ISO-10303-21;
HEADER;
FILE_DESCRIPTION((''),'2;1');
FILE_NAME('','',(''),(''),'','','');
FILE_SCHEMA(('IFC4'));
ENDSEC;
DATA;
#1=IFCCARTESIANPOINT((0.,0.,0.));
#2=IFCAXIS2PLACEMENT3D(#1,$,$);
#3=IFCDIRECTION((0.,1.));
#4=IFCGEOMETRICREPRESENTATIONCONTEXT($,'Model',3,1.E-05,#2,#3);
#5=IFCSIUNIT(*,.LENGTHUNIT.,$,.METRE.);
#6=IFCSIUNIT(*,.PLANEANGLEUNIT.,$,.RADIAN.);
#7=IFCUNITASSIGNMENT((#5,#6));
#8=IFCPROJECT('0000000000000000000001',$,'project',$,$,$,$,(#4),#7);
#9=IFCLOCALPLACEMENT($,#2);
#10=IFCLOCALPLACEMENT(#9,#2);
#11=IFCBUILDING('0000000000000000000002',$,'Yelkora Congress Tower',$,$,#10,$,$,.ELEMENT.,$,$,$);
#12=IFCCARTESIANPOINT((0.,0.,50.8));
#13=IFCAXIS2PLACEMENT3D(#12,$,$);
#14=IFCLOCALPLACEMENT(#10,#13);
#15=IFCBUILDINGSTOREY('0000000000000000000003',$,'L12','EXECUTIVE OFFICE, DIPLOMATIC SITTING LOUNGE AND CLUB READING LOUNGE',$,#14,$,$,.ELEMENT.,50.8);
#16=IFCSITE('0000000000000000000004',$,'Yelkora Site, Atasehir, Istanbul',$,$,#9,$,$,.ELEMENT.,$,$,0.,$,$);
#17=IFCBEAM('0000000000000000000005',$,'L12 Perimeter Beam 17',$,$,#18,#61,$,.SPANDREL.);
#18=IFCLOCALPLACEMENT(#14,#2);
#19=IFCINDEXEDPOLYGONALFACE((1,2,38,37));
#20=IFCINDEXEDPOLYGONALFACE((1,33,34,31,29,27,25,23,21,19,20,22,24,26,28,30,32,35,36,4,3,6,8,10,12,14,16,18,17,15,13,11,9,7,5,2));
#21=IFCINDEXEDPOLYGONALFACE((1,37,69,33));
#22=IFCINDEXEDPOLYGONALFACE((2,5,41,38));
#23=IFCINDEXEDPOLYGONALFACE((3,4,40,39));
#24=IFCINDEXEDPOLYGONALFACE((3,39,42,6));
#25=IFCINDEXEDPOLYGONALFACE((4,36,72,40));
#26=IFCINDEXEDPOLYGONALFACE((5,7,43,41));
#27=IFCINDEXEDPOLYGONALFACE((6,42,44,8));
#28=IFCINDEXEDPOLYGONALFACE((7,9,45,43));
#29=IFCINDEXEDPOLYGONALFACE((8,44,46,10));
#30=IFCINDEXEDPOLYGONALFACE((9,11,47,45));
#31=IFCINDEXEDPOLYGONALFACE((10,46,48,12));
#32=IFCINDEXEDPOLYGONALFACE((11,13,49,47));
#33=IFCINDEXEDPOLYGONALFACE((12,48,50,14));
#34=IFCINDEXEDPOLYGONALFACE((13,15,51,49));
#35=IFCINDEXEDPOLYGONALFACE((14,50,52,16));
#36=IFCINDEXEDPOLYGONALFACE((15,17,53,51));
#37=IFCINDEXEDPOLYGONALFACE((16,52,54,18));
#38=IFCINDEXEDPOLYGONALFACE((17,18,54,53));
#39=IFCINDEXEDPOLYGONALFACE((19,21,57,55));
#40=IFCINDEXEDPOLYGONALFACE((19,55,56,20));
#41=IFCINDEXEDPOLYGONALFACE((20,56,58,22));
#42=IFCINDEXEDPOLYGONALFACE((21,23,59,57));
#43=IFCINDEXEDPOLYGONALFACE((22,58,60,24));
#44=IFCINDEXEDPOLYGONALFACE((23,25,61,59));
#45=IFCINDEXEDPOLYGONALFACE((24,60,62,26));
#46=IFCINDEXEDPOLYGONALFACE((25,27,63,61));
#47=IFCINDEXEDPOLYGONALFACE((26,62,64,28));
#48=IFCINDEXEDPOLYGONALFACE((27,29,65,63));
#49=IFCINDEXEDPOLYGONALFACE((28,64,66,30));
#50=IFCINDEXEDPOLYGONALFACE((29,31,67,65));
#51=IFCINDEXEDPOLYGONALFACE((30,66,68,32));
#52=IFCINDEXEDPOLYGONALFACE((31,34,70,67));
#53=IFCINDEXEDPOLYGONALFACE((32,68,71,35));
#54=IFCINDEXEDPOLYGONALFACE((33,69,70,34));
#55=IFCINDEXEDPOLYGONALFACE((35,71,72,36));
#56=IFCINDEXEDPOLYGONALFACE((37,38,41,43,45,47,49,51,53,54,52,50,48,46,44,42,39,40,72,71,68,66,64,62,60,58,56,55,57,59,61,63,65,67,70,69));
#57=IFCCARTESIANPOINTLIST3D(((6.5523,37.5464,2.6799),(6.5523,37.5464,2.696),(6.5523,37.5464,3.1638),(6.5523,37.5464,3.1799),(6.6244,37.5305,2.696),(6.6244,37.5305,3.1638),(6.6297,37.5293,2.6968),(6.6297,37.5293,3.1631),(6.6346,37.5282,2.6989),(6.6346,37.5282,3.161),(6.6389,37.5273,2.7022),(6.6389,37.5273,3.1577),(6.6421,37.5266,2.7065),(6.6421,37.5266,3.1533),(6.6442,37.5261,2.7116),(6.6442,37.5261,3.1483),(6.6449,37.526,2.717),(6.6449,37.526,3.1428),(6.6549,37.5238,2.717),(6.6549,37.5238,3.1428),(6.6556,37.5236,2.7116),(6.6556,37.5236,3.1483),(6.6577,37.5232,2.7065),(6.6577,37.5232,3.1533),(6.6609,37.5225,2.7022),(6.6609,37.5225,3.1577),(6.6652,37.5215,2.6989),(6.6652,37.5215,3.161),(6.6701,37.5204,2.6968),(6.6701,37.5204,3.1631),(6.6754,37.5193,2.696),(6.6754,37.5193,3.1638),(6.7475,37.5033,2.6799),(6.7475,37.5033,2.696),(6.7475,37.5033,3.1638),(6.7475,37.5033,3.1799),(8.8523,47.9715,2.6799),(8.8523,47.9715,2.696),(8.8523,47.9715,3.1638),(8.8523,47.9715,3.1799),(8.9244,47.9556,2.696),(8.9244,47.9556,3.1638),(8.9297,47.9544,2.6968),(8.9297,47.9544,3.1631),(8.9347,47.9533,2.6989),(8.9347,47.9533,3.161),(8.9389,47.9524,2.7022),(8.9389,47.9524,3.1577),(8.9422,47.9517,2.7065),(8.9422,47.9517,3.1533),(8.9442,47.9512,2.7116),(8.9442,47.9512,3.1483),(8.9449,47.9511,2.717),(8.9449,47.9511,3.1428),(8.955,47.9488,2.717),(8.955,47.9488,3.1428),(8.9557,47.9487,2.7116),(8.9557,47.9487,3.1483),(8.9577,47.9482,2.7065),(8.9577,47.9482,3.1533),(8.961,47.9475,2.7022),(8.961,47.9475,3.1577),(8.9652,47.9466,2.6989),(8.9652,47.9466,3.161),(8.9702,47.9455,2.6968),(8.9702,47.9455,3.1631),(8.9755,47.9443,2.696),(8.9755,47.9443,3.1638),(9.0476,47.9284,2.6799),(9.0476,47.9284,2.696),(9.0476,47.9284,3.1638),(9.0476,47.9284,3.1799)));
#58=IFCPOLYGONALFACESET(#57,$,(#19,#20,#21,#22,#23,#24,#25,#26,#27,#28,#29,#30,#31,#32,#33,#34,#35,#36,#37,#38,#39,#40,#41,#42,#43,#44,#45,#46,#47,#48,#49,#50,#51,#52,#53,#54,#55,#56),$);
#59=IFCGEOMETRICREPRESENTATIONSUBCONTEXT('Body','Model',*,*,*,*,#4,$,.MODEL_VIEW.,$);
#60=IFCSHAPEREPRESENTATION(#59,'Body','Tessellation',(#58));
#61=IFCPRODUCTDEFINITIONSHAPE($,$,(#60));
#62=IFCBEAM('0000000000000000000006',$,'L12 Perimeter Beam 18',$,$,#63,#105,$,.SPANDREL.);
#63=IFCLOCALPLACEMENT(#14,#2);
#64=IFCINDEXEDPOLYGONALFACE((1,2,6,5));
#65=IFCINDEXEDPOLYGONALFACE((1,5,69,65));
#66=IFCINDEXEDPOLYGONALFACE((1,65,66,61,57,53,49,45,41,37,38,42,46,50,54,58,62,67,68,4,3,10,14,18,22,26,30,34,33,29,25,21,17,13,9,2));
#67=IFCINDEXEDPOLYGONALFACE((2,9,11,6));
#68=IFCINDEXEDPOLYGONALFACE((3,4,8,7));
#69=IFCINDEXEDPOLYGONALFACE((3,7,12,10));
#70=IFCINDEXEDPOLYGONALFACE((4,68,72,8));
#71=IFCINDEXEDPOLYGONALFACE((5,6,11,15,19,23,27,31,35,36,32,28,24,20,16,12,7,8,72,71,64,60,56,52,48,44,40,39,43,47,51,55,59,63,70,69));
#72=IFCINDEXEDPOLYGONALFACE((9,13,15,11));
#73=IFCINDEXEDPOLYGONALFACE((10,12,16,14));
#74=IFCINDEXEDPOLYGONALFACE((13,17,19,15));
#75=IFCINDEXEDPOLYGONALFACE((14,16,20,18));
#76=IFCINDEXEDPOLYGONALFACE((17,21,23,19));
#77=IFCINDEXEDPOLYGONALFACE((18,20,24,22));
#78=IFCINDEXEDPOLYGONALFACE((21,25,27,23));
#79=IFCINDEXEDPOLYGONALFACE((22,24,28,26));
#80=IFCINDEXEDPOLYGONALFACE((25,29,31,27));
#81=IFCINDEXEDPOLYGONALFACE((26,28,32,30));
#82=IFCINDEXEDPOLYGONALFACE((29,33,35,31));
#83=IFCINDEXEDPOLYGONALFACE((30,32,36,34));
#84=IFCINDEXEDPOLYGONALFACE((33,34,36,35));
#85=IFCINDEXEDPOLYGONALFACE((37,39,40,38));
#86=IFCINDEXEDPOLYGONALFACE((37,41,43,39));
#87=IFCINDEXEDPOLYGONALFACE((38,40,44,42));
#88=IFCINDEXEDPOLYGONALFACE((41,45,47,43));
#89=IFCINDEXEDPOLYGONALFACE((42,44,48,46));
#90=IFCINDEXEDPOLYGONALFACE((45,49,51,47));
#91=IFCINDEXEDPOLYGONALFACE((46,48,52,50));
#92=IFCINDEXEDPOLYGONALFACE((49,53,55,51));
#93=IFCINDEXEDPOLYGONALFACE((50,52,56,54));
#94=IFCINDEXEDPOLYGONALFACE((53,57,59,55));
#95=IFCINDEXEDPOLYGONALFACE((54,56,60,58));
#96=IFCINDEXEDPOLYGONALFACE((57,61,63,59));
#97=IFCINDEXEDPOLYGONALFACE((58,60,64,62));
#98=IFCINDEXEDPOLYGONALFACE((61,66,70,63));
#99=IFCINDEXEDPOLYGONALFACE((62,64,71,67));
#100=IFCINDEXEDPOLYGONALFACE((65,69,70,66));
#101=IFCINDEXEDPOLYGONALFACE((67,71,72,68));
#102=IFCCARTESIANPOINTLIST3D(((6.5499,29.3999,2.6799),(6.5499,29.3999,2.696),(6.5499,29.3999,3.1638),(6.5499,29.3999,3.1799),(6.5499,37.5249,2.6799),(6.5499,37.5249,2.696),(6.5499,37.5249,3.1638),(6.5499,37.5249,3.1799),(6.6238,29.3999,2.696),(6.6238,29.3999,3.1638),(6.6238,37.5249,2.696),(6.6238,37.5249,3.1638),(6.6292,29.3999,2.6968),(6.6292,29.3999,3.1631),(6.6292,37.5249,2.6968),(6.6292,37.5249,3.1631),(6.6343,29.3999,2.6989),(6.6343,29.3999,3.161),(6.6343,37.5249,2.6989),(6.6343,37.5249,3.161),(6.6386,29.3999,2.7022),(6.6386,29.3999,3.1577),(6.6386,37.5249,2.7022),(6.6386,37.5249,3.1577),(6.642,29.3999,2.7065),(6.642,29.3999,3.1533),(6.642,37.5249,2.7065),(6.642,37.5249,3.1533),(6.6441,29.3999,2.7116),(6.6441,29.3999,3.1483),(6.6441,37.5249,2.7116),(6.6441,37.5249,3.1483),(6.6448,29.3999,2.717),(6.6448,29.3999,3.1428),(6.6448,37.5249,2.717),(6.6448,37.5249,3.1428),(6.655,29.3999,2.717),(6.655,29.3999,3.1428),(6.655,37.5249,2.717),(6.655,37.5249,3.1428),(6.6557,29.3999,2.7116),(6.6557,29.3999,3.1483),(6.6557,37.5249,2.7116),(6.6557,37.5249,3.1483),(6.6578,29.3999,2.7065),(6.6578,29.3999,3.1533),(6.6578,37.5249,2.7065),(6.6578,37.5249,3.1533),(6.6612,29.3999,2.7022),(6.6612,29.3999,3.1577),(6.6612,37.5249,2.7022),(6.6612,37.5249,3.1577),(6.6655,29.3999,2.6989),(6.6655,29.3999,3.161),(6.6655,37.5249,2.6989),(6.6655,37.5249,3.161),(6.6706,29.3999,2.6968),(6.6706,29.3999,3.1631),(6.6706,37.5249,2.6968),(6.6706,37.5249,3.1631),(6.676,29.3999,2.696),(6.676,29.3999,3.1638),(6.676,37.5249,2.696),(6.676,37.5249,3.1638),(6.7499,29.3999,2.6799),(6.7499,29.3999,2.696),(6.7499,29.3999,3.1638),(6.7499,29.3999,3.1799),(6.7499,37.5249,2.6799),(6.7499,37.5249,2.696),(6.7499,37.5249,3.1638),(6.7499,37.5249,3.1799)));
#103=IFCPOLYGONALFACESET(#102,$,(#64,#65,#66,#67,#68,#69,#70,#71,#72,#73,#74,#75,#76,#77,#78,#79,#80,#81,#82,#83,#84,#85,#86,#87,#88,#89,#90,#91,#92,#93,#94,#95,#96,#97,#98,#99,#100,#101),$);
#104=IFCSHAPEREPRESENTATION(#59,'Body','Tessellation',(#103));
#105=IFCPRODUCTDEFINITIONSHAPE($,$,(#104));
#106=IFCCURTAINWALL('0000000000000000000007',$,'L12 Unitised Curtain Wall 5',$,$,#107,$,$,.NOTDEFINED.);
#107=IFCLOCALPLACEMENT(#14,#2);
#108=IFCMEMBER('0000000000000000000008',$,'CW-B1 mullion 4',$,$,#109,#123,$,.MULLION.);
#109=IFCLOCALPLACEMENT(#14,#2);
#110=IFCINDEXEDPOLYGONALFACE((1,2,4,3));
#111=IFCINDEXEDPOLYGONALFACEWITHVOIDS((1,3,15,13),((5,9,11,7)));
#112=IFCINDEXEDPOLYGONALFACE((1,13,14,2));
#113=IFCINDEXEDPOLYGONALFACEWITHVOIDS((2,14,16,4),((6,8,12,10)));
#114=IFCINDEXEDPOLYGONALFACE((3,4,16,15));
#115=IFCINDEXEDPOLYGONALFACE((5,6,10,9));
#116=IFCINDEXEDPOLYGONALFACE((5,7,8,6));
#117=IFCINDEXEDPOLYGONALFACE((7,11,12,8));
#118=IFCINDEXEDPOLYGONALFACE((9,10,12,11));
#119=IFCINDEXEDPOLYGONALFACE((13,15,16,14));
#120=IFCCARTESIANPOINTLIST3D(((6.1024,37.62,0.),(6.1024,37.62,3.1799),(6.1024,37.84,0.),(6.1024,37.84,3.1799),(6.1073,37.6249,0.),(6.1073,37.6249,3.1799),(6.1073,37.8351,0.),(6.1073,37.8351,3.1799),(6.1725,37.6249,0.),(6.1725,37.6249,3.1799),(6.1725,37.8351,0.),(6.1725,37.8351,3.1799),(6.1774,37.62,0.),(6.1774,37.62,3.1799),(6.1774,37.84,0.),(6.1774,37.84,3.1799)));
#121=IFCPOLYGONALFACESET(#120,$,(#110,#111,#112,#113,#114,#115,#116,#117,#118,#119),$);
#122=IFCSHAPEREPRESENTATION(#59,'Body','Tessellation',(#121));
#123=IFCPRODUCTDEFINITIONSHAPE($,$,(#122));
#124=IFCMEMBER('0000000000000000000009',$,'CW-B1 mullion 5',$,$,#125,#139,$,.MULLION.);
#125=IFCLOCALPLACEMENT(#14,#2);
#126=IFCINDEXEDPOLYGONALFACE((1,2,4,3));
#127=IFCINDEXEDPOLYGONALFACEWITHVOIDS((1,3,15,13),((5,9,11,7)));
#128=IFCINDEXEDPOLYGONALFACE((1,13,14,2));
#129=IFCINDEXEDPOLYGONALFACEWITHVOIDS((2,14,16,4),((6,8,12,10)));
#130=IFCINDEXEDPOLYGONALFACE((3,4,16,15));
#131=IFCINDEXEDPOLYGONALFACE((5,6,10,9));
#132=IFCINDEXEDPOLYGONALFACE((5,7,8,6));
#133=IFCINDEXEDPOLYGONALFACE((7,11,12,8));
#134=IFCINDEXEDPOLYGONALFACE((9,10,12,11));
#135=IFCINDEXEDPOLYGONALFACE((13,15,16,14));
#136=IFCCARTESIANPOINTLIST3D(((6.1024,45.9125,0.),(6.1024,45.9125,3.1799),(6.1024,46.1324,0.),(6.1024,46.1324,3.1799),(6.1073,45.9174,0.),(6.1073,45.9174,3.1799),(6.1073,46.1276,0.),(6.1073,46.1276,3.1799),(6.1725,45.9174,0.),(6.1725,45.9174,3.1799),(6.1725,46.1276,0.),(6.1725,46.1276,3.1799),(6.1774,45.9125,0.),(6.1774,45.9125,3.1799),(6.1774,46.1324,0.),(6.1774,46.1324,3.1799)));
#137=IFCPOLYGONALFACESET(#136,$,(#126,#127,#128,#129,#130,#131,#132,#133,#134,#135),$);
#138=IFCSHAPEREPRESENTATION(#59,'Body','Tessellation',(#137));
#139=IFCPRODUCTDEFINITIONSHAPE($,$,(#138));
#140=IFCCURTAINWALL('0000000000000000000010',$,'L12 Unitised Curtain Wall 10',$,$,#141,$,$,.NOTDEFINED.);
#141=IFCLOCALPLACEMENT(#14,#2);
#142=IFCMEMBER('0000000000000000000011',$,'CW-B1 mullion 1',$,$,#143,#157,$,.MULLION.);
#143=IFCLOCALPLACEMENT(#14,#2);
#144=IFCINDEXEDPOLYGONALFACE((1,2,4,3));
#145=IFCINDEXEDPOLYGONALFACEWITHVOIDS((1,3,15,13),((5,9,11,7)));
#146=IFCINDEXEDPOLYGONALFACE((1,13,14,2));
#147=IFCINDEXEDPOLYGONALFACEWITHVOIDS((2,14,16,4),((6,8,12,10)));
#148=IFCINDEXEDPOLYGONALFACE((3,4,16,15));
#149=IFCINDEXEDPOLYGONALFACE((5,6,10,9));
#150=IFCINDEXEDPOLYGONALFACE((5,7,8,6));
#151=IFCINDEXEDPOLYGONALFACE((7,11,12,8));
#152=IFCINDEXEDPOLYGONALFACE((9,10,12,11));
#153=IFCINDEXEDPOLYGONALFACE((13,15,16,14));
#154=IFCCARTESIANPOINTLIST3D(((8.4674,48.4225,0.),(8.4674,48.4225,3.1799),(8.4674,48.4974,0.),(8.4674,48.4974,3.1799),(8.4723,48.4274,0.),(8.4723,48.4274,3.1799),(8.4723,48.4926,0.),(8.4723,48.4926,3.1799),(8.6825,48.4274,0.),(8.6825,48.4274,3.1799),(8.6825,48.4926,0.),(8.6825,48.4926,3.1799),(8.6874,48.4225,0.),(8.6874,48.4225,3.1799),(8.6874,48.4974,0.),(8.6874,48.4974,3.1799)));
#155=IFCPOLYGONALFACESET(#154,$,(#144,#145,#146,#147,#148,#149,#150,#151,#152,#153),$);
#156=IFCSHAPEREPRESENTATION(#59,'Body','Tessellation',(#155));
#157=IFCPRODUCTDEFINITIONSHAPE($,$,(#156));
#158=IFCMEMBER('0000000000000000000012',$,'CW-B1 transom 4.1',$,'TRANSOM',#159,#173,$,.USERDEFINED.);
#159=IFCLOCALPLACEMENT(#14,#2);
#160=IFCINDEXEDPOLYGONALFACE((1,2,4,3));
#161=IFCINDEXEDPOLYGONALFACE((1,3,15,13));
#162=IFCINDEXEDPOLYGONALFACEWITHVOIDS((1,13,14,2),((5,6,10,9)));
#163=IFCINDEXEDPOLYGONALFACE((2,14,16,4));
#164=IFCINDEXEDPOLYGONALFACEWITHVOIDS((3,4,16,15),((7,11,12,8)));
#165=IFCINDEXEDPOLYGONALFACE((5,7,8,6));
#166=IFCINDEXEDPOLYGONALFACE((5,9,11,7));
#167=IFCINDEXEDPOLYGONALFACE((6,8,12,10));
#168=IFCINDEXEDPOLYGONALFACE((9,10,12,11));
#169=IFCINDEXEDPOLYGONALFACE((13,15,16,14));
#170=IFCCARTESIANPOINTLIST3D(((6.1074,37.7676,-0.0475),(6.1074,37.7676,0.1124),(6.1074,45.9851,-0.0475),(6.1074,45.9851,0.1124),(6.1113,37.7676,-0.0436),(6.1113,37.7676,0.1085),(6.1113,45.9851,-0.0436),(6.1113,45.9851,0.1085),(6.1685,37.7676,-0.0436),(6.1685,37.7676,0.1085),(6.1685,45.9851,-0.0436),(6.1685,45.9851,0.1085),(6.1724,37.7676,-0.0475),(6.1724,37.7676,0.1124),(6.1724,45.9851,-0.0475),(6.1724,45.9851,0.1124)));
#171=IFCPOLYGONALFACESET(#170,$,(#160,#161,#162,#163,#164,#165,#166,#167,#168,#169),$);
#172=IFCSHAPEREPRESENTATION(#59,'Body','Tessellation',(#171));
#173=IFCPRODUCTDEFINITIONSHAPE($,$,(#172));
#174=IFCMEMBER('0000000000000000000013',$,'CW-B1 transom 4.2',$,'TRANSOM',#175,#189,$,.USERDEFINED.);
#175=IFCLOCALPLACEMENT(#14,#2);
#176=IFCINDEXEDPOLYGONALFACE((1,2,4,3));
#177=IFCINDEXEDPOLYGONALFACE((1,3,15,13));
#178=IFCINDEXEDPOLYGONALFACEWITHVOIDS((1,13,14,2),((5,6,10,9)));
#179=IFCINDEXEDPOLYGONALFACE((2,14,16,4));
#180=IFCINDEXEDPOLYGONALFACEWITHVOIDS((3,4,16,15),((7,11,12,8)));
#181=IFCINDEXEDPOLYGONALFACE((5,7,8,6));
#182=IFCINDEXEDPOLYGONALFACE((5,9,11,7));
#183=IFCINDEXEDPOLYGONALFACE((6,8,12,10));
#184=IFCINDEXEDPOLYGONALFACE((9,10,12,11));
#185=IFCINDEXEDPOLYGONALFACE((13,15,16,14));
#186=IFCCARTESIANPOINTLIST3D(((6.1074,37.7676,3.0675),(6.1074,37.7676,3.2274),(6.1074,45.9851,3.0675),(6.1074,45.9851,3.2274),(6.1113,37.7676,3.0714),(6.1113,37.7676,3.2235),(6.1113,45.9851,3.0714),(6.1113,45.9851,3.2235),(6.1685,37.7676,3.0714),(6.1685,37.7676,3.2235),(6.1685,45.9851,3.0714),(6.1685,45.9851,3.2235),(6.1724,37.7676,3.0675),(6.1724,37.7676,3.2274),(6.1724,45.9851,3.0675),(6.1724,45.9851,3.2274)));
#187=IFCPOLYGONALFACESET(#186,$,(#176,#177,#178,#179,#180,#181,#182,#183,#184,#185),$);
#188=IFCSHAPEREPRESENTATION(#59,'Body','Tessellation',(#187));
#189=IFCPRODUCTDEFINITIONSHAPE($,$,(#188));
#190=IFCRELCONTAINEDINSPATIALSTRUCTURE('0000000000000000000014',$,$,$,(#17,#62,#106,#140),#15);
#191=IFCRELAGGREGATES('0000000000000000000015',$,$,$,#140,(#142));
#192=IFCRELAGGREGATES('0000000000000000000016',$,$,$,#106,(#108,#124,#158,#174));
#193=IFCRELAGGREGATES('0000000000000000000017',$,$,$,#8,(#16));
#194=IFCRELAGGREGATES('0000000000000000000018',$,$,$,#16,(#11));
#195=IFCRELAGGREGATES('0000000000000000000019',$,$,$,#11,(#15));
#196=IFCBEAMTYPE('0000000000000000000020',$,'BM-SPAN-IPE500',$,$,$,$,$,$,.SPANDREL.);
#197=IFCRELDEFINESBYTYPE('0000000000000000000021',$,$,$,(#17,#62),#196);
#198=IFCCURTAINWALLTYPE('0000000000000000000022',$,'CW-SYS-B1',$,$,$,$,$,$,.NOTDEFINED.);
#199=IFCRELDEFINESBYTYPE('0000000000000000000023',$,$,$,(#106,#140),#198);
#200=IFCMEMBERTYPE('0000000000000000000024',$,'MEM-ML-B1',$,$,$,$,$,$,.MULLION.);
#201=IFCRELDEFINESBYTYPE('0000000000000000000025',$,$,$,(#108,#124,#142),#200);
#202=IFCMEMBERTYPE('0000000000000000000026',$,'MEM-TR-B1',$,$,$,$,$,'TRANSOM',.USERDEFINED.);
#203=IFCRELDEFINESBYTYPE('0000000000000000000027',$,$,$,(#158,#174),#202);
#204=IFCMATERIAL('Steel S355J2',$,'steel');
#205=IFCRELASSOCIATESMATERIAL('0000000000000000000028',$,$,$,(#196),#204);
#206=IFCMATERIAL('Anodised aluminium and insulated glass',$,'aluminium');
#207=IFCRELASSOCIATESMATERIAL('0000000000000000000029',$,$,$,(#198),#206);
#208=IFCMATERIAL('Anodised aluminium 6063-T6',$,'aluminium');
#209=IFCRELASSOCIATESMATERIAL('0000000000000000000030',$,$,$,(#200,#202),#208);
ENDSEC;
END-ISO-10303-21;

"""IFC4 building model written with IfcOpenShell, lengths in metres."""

from ifc_helpers import new_model, si_unit, direction, frame, origin, origin_2d, place, context, subcontext, project, spatial, hollow_rectangle, i_section, extrude, material, material_profile, profile_set, type_object, element, aggregate, save


model = new_model("IFC4")

# Units and contexts
model_context = context("Model", 3, precision=1e-05, world=origin(), true_north=direction((0.0, 1.0)))
body_context = subcontext(model_context, "Body", "Model", "MODEL_VIEW")
ifc_project = project(units=[si_unit("LENGTHUNIT", "METRE"), si_unit("PLANEANGLEUNIT", "RADIAN")], contexts=[model_context])

# Site, building, storey
site_placement = place(None, origin())
site = spatial("IfcSite", under=ifc_project, at=site_placement, Name="Yelkora Site, Atasehir, Istanbul", CompositionType="ELEMENT", RefElevation=0.0)
building_placement = place(site_placement, origin())
building = spatial("IfcBuilding", under=site, at=building_placement, Name="Yelkora Congress Tower", CompositionType="ELEMENT")
storey_placement = place(building_placement, frame((0.0, 0.0, 50.8)))
storey = spatial("IfcBuildingStorey", under=building, at=storey_placement, Name="L12", Description="EXECUTIVE OFFICE, DIPLOMATIC SITTING LOUNGE AND CLUB READING LOUNGE", CompositionType="ELEMENT", Elevation=50.8)

# Beams
ifc_material_1 = material(Name="Steel S355J2", Category="steel")
ifc_material_profile_1 = material_profile(ifc_material_1, i_section(OverallWidth=0.2, OverallDepth=0.5, WebThickness=0.0103, FlangeThickness=0.0161, FilletRadius=0.021, at=origin_2d()), Name="IPE 500")
ifc_profile_set_1 = profile_set([ifc_material_profile_1], Name="Steel S355J2")
beam_type_1 = type_object("IfcBeamType", Name="BM-SPAN-IPE500", PredefinedType="SPANDREL", material=ifc_profile_set_1)
beam_1_placement = place(storey_placement, frame((8.95, 47.95, 2.9299), z_axis=(-0.215446, -0.976516, 0.0), x_axis=(0.976516, -0.215446, 0.0)))
element("IfcBeam", 1, at=beam_1_placement, inside=storey, type_object=beam_type_1, Name="L12 Perimeter Beam 17", PredefinedType="SPANDREL", context=body_context, shape_type="SweptSolid", body=[
    extrude(i_section(OverallWidth=0.2, OverallDepth=0.5, WebThickness=0.0103, FlangeThickness=0.0161, FilletRadius=0.021, at=origin_2d()), origin(), (0.0, 0.0, 1.0), 10.6758),
])
beam_2_placement = place(storey_placement, frame((6.6499, 37.5249, 2.9299), z_axis=(0.0, -1.0, 0.0), x_axis=(1.0, 0.0, 0.0)))
element("IfcBeam", 2, at=beam_2_placement, inside=storey, type_object=beam_type_1, Name="L12 Perimeter Beam 18", PredefinedType="SPANDREL", context=body_context, shape_type="SweptSolid", body=[
    extrude(i_section(OverallWidth=0.2, OverallDepth=0.5, WebThickness=0.0103, FlangeThickness=0.0161, FilletRadius=0.021, at=origin_2d()), origin(), (0.0, 0.0, 1.0), 8.125),
])

# Curtain wall, members
ifc_material_2 = material(Name="Anodised aluminium and insulated glass", Category="aluminium")
curtain_wall_type = type_object("IfcCurtainWallType", Name="CW-SYS-B1", PredefinedType="NOTDEFINED", material=ifc_material_2)
curtain_wall_1_placement = place(storey_placement, origin())
curtain_wall_1 = element("IfcCurtainWall", 3, at=curtain_wall_1_placement, inside=storey, type_object=curtain_wall_type, Name="L12 Unitised Curtain Wall 5", PredefinedType="NOTDEFINED")
ifc_material_3 = material(Name="Anodised aluminium 6063-T6", Category="aluminium")
ifc_material_profile_2 = material_profile(ifc_material_3, hollow_rectangle(XDim=0.075, YDim=0.22, WallThickness=0.0049, at=origin_2d()), Name="ALU 75x220x5")
ifc_profile_set_2 = profile_set([ifc_material_profile_2], Name="Anodised aluminium 6063-T6")
member_type_1 = type_object("IfcMemberType", Name="MEM-ML-B1", PredefinedType="MULLION", material=ifc_profile_set_2)
member_1_placement = place(storey_placement, frame((6.1399, 37.73, 0.0), z_axis=(0.0, 0.0, 1.0), x_axis=(-1.0, 0.0, 0.0)))
member_1 = element("IfcMember", 4, at=member_1_placement, type_object=member_type_1, Name="CW-B1 mullion 4", PredefinedType="MULLION", context=body_context, shape_type="SweptSolid", body=[
    extrude(hollow_rectangle(XDim=0.075, YDim=0.22, WallThickness=0.0049, at=origin_2d()), origin(), (0.0, 0.0, 1.0), 3.1799),
])
member_2_placement = place(storey_placement, frame((6.1399, 46.0225, 0.0), z_axis=(0.0, 0.0, 1.0), x_axis=(-1.0, 0.0, 0.0)))
member_2 = element("IfcMember", 5, at=member_2_placement, type_object=member_type_1, Name="CW-B1 mullion 5", PredefinedType="MULLION", context=body_context, shape_type="SweptSolid", body=[
    extrude(hollow_rectangle(XDim=0.075, YDim=0.22, WallThickness=0.0049, at=origin_2d()), origin(), (0.0, 0.0, 1.0), 3.1799),
])

# Curtain wall, member
curtain_wall_2_placement = place(storey_placement, origin())
curtain_wall_2 = element("IfcCurtainWall", 6, at=curtain_wall_2_placement, inside=storey, type_object=curtain_wall_type, Name="L12 Unitised Curtain Wall 10", PredefinedType="NOTDEFINED")
member_3_placement = place(storey_placement, frame((8.5774, 48.46, 0.0), z_axis=(0.0, 0.0, 1.0), x_axis=(0.0, 1.0, 0.0)))
member_3 = element("IfcMember", 7, at=member_3_placement, type_object=member_type_1, Name="CW-B1 mullion 1", PredefinedType="MULLION", context=body_context, shape_type="SweptSolid", body=[
    extrude(hollow_rectangle(XDim=0.075, YDim=0.22, WallThickness=0.0049, at=origin_2d()), origin(), (0.0, 0.0, 1.0), 3.1799),
])

# Members
ifc_material_profile_3 = material_profile(ifc_material_3, hollow_rectangle(XDim=0.0649, YDim=0.1599, WallThickness=0.0039, at=origin_2d()), Name="ALU 65x160x4")
ifc_profile_set_3 = profile_set([ifc_material_profile_3], Name="Anodised aluminium 6063-T6")
member_type_2 = type_object("IfcMemberType", Name="MEM-TR-B1", ElementType="TRANSOM", PredefinedType="USERDEFINED", material=ifc_profile_set_3)
member_4_placement = place(storey_placement, frame((6.1399, 37.7676, 0.0325), z_axis=(0.0, 1.0, 0.0), x_axis=(-1.0, 0.0, 0.0)))
member_4 = element("IfcMember", 8, at=member_4_placement, type_object=member_type_2, Name="CW-B1 transom 4.1", ObjectType="TRANSOM", PredefinedType="USERDEFINED", context=body_context, shape_type="SweptSolid", body=[
    extrude(hollow_rectangle(XDim=0.0649, YDim=0.1599, WallThickness=0.0039, at=origin_2d()), origin(), (0.0, 0.0, 1.0), 8.2175),
])
member_5_placement = place(storey_placement, frame((6.1399, 37.7676, 3.1475), z_axis=(0.0, 1.0, 0.0), x_axis=(-1.0, 0.0, 0.0)))
member_5 = element("IfcMember", 9, at=member_5_placement, type_object=member_type_2, Name="CW-B1 transom 4.2", ObjectType="TRANSOM", PredefinedType="USERDEFINED", context=body_context, shape_type="SweptSolid", body=[
    extrude(hollow_rectangle(XDim=0.0649, YDim=0.1599, WallThickness=0.0039, at=origin_2d()), origin(), (0.0, 0.0, 1.0), 8.2175),
])
aggregate(curtain_wall_2, [member_3])

aggregate(curtain_wall_1, [member_1, member_2, member_4, member_5])

save(model, "model.ifc")
